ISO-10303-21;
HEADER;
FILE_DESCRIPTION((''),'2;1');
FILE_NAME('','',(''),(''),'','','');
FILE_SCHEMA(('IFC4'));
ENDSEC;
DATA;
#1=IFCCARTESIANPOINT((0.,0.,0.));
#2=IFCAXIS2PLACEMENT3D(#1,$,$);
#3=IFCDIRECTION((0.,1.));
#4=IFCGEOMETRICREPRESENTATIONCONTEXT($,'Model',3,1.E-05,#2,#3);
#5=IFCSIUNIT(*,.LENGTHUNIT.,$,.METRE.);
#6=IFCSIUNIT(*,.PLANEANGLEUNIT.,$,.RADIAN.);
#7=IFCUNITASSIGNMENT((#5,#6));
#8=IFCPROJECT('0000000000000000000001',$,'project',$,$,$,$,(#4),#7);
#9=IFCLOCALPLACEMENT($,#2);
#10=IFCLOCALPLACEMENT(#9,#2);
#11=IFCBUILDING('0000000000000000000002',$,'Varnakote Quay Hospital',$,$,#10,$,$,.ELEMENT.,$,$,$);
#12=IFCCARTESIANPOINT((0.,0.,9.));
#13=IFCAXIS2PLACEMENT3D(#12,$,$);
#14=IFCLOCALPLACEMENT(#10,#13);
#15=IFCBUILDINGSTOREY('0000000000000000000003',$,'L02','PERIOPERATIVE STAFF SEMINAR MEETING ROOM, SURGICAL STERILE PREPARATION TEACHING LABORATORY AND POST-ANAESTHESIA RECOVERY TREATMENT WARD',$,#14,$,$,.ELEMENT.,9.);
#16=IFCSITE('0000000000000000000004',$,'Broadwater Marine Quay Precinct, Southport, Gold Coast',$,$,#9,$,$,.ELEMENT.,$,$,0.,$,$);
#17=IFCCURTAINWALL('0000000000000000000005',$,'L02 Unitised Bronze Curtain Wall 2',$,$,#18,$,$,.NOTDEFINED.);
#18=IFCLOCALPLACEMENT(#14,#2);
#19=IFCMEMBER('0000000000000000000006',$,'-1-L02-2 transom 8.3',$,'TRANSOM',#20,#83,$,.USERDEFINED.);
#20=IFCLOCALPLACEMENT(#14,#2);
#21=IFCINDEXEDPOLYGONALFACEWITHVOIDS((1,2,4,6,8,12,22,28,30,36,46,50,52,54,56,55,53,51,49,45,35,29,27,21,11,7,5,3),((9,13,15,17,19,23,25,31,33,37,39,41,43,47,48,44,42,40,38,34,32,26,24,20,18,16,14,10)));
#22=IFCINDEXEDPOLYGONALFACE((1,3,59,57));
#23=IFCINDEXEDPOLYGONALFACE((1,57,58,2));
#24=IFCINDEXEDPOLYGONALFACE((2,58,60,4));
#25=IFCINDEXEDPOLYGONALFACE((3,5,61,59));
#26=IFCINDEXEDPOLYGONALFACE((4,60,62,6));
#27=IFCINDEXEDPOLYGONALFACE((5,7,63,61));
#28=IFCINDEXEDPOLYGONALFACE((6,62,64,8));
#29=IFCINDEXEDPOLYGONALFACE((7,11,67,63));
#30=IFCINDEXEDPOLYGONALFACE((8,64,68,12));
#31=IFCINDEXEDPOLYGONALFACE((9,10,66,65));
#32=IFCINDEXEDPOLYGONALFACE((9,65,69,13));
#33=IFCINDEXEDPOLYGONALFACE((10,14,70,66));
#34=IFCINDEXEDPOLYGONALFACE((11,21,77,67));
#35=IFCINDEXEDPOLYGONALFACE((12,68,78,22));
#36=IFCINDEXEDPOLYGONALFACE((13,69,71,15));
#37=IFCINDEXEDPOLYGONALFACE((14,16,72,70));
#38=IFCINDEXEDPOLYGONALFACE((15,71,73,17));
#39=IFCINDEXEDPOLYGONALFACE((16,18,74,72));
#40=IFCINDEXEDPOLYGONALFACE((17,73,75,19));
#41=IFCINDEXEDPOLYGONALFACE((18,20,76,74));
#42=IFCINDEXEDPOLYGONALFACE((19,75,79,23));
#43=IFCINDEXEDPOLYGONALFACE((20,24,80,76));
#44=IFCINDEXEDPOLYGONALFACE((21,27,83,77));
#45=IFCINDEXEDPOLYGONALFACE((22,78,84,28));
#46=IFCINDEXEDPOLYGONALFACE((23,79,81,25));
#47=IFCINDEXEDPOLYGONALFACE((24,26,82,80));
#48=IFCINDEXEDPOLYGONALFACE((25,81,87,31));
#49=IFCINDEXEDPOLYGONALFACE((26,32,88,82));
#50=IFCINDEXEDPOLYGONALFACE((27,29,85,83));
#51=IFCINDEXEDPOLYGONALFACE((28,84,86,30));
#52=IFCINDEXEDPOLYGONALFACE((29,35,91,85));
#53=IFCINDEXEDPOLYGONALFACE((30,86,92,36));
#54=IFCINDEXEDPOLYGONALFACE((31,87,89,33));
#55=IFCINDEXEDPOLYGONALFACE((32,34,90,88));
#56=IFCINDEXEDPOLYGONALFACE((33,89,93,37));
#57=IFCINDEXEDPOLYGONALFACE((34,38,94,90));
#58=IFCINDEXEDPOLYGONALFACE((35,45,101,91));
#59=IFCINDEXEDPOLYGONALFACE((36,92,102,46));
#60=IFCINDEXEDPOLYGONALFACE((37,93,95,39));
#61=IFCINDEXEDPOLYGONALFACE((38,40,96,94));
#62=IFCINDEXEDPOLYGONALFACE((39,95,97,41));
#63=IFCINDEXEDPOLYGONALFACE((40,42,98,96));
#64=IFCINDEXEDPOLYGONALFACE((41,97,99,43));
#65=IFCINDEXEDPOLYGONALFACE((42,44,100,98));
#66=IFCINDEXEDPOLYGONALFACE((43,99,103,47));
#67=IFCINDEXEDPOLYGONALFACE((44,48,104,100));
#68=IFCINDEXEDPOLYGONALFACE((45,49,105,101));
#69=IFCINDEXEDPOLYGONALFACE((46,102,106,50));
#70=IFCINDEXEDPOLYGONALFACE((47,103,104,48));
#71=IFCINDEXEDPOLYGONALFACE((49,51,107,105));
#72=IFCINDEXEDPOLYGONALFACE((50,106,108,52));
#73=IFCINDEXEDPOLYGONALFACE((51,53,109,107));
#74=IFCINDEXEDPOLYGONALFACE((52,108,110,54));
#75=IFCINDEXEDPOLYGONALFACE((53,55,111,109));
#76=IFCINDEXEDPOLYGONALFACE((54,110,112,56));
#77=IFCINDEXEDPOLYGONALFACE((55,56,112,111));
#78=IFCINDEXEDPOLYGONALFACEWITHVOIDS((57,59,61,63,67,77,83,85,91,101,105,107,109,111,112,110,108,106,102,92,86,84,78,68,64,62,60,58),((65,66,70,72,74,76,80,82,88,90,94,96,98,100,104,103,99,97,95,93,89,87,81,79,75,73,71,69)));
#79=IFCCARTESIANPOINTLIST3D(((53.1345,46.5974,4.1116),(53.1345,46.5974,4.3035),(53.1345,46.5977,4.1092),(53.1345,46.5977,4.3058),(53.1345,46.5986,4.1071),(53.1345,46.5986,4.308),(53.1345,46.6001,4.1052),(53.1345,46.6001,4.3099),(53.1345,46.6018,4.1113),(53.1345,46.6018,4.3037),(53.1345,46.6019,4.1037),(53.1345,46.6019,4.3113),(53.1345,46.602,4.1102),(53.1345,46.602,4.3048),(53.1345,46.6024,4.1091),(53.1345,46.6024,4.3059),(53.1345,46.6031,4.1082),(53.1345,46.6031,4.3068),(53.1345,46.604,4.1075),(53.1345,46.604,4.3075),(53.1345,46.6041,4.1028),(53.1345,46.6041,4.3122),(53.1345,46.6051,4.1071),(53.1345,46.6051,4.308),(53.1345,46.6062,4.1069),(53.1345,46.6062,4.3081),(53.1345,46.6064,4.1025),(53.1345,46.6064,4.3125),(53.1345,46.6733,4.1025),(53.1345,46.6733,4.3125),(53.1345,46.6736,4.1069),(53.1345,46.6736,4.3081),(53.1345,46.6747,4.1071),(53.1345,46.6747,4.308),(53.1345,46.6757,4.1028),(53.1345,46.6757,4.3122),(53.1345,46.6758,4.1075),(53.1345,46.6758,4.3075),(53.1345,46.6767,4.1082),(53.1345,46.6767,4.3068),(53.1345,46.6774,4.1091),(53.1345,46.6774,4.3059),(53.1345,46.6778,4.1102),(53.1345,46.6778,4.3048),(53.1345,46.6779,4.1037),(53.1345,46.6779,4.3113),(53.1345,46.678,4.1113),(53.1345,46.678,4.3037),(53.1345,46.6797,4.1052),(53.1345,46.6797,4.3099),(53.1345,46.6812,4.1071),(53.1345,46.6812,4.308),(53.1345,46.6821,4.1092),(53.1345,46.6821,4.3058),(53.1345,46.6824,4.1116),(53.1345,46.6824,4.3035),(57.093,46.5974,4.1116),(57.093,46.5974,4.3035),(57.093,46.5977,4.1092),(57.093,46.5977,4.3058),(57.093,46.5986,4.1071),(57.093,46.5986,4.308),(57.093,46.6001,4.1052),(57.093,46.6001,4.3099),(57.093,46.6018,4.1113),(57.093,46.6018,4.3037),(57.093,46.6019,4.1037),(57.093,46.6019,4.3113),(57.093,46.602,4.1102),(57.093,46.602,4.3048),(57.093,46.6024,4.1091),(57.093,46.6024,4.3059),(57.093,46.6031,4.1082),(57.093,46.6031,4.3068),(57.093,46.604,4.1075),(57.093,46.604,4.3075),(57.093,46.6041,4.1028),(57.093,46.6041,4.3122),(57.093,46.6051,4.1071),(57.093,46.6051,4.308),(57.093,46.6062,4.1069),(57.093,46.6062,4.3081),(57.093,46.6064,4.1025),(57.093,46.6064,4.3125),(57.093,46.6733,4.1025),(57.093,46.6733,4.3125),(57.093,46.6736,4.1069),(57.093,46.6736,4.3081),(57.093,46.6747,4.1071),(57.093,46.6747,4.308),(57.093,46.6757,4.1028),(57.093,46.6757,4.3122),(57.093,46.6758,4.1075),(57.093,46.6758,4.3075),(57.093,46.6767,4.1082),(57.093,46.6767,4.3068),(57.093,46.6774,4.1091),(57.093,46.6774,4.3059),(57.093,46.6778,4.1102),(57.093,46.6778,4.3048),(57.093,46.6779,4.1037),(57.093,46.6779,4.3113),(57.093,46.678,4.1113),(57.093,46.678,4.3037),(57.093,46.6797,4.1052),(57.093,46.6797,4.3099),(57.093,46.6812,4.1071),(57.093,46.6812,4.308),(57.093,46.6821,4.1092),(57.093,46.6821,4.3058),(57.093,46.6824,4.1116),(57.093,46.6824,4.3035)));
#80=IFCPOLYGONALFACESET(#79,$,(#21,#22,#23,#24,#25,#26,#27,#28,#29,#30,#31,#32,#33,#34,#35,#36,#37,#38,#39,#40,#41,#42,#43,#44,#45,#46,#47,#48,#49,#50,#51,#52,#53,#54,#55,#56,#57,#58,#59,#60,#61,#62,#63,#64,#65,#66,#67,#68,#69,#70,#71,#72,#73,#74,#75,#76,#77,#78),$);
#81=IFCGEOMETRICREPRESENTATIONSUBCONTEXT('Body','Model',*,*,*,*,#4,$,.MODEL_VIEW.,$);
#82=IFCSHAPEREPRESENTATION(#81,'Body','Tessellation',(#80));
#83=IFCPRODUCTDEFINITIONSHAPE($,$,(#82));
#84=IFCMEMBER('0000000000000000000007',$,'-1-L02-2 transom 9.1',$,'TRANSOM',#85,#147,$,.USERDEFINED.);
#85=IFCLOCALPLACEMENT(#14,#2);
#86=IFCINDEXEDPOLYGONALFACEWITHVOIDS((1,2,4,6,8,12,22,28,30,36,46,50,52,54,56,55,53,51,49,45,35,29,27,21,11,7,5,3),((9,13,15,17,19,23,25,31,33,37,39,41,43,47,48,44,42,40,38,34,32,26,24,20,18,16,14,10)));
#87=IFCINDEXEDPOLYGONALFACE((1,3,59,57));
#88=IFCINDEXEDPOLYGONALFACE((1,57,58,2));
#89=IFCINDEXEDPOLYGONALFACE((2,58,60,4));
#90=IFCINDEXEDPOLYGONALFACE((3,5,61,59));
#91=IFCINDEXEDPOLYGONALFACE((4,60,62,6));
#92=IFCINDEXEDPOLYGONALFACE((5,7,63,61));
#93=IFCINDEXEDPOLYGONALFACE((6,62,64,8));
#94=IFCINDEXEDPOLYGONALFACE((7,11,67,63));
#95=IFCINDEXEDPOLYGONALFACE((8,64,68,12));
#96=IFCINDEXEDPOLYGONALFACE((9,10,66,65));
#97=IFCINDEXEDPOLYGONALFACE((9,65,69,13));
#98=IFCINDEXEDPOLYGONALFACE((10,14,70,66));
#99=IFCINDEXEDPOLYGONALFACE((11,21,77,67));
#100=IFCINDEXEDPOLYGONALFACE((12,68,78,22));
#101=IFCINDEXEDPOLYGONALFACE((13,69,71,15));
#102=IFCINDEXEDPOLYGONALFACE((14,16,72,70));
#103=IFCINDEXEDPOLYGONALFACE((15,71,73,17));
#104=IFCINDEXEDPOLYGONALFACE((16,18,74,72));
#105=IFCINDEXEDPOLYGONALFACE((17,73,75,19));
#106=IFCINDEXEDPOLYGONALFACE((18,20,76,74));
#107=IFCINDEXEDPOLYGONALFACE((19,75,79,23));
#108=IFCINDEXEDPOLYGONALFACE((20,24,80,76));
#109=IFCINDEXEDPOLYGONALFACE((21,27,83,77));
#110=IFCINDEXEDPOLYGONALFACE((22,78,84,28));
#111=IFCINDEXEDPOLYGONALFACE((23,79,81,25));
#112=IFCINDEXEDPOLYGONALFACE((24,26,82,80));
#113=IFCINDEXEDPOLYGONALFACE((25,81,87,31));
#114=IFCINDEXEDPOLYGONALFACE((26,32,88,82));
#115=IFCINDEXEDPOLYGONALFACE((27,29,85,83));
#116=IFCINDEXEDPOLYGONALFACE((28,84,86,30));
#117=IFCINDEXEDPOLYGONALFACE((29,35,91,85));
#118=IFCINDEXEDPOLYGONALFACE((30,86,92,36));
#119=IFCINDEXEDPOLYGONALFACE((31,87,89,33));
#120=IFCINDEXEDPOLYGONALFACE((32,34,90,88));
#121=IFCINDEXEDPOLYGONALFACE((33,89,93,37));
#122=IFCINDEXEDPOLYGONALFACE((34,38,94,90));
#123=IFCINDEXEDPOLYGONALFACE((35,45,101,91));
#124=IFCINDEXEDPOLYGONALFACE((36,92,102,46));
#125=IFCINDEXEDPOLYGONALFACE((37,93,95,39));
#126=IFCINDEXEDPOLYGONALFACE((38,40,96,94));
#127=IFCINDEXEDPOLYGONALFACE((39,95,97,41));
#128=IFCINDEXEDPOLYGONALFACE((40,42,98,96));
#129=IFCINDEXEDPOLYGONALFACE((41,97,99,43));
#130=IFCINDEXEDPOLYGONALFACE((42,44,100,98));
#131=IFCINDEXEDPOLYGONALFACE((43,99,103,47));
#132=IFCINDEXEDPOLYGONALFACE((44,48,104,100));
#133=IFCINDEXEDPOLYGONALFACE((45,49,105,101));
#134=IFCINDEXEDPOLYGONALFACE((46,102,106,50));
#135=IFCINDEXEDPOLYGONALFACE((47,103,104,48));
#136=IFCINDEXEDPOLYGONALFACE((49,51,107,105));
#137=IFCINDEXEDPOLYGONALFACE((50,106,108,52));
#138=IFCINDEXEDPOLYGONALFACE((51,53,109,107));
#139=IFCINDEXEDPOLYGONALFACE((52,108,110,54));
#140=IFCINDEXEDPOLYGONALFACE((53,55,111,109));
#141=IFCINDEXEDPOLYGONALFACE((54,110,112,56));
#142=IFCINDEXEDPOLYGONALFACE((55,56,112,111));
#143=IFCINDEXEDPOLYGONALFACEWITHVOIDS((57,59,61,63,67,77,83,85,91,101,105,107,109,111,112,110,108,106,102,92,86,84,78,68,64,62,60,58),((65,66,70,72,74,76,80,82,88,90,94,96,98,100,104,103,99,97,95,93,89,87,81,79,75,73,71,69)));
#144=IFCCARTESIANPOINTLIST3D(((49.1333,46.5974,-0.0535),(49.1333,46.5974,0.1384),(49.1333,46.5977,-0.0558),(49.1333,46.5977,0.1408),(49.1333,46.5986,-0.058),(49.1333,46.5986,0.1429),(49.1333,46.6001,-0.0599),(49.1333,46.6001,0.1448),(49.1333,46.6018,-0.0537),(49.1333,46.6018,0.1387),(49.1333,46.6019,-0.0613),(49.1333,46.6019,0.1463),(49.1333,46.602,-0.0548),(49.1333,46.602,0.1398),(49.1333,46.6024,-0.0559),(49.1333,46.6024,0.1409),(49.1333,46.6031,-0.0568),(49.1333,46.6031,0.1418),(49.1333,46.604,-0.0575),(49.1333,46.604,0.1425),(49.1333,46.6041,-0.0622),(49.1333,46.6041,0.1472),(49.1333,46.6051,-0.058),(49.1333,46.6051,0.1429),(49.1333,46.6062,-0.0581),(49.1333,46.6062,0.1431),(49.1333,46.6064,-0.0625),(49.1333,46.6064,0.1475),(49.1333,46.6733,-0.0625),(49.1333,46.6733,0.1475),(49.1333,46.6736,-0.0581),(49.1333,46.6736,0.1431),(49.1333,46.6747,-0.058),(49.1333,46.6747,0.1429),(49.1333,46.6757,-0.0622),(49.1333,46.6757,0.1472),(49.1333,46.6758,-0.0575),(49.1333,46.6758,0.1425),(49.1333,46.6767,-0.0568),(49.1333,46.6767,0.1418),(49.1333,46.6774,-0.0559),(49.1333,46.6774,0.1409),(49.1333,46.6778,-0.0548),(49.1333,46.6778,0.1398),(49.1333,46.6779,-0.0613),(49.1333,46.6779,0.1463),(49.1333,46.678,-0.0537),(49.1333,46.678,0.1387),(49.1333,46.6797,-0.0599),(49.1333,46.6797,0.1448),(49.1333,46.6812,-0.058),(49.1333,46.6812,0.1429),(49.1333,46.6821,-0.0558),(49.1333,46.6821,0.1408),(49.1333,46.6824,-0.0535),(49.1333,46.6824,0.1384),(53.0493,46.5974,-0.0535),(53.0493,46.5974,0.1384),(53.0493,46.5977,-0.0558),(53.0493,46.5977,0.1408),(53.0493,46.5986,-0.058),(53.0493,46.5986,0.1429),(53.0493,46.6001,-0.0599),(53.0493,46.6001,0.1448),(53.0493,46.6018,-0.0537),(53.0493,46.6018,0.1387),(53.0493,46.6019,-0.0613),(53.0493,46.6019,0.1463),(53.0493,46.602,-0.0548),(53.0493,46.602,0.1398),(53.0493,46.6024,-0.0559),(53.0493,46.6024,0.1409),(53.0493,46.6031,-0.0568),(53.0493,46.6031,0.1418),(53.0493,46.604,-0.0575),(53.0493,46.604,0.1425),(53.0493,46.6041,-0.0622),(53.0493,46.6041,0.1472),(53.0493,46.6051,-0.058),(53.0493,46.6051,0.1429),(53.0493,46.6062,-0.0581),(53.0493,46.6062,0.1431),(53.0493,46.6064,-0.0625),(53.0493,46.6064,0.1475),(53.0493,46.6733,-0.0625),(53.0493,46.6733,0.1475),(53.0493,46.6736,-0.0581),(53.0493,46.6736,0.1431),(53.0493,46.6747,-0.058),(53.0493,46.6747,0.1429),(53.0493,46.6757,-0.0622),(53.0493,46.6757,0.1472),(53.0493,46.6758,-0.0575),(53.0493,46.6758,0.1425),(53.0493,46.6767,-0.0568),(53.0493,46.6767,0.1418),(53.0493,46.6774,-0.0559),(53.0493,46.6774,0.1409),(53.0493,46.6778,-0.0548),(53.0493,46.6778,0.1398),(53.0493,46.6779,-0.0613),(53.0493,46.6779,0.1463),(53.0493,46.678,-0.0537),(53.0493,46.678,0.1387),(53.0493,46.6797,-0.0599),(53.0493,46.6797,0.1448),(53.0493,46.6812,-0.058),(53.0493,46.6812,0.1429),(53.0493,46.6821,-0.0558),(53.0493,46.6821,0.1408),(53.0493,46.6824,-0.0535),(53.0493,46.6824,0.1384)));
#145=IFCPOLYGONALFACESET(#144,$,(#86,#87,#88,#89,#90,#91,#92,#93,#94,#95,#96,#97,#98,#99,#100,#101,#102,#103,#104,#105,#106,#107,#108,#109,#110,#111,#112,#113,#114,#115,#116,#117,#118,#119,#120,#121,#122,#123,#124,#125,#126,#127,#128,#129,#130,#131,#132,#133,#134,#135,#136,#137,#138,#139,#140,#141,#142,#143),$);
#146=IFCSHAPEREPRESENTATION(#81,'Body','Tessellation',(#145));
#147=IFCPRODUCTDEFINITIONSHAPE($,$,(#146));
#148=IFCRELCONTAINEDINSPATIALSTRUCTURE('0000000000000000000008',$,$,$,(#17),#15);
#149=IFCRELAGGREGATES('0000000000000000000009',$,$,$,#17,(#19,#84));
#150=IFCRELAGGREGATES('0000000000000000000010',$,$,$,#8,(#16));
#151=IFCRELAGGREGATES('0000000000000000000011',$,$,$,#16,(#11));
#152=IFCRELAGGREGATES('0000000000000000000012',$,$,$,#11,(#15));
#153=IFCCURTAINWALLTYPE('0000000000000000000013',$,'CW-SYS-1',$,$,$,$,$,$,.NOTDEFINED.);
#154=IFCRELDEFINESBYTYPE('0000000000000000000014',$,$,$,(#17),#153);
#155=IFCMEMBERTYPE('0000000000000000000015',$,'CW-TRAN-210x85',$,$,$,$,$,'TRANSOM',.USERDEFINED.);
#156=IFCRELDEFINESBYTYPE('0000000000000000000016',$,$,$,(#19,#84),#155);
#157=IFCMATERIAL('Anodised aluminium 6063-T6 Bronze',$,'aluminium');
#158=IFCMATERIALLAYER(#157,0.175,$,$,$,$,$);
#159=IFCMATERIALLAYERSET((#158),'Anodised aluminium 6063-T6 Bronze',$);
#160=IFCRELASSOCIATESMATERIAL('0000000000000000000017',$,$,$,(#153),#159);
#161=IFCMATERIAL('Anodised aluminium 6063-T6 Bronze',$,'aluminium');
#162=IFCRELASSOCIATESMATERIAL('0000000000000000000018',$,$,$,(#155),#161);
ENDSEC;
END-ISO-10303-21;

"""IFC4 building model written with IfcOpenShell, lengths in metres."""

from ifc_helpers import new_model, si_unit, direction, frame, origin, origin_2d, place, context, subcontext, project, spatial, hollow_rectangle, extrude, material, layer, layer_set, material_profile, profile_set, type_object, element, aggregate, save


model = new_model("IFC4")

# Units and contexts
model_context = context("Model", 3, precision=1e-05, world=origin(), true_north=direction((0.0, 1.0)))
body_context = subcontext(model_context, "Body", "Model", "MODEL_VIEW")
ifc_project = project(units=[si_unit("LENGTHUNIT", "METRE"), si_unit("PLANEANGLEUNIT", "RADIAN")], contexts=[model_context])

# Site, building, storey
site_placement = place(None, origin())
site = spatial("IfcSite", under=ifc_project, at=site_placement, Name="Broadwater Marine Quay Precinct, Southport, Gold Coast", CompositionType="ELEMENT", RefElevation=0.0)
building_placement = place(site_placement, origin())
building = spatial("IfcBuilding", under=site, at=building_placement, Name="Varnakote Quay Hospital", CompositionType="ELEMENT")
storey_placement = place(building_placement, frame((0.0, 0.0, 9.0)))
storey = spatial("IfcBuildingStorey", under=building, at=storey_placement, Name="L02", Description="PERIOPERATIVE STAFF SEMINAR MEETING ROOM, SURGICAL STERILE PREPARATION TEACHING LABORATORY AND POST-ANAESTHESIA RECOVERY TREATMENT WARD", CompositionType="ELEMENT", Elevation=9.0)

# Curtain wall, members
ifc_material_1 = material(Name="Anodised aluminium 6063-T6 Bronze", Category="aluminium")
ifc_layer_1 = layer(ifc_material_1, 0.175)
ifc_layer_set_1 = layer_set([ifc_layer_1], Name="Anodised aluminium 6063-T6 Bronze")
curtain_wall_type = type_object("IfcCurtainWallType", Name="CW-SYS-1", PredefinedType="NOTDEFINED", material=ifc_layer_set_1)
curtain_wall_placement = place(storey_placement, origin())
curtain_wall = element("IfcCurtainWall", 1, at=curtain_wall_placement, inside=storey, type_object=curtain_wall_type, Name="L02 Unitised Bronze Curtain Wall 2", PredefinedType="NOTDEFINED")
ifc_material_2 = material(Name="Anodised aluminium 6063-T6 Bronze", Category="aluminium")
ifc_material_profile_1 = material_profile(ifc_material_2, hollow_rectangle(XDim=0.085, YDim=0.21, WallThickness=0.0044, InnerFilletRadius=0.0044, OuterFilletRadius=0.009, at=origin_2d()), Name="CW-TRAN-210x85")
ifc_profile_set_1 = profile_set([ifc_material_profile_1], Name="Anodised aluminium 6063-T6 Bronze")
member_type_1 = type_object("IfcMemberType", Name="CW-TRAN-210x85", ElementType="TRANSOM", PredefinedType="USERDEFINED", material=ifc_profile_set_1)
member_1_placement = place(storey_placement, frame((57.093, 46.6399, 4.2075), z_axis=(-1.0, 0.0, 0.0), x_axis=(0.0, -1.0, 0.0)))
member_1 = element("IfcMember", 2, at=member_1_placement, type_object=member_type_1, Name="-1-L02-2 transom 8.3", ObjectType="TRANSOM", PredefinedType="USERDEFINED", context=body_context, shape_type="SweptSolid", body=[
    extrude(hollow_rectangle(XDim=0.085, YDim=0.21, WallThickness=0.0044, InnerFilletRadius=0.0044, OuterFilletRadius=0.009, at=origin_2d()), origin(), (0.0, 0.0, 1.0), 3.9585),
])
member_2_placement = place(storey_placement, frame((53.0493, 46.6399, 0.0425), z_axis=(-1.0, 0.0, 0.0), x_axis=(0.0, -1.0, 0.0)))
member_2 = element("IfcMember", 3, at=member_2_placement, type_object=member_type_1, Name="-1-L02-2 transom 9.1", ObjectType="TRANSOM", PredefinedType="USERDEFINED", context=body_context, shape_type="SweptSolid", body=[
    extrude(hollow_rectangle(XDim=0.085, YDim=0.21, WallThickness=0.0044, InnerFilletRadius=0.0044, OuterFilletRadius=0.009, at=origin_2d()), origin(), (0.0, 0.0, 1.0), 3.916),
])

aggregate(curtain_wall, [member_1, member_2])

save(model, "model.ifc")
